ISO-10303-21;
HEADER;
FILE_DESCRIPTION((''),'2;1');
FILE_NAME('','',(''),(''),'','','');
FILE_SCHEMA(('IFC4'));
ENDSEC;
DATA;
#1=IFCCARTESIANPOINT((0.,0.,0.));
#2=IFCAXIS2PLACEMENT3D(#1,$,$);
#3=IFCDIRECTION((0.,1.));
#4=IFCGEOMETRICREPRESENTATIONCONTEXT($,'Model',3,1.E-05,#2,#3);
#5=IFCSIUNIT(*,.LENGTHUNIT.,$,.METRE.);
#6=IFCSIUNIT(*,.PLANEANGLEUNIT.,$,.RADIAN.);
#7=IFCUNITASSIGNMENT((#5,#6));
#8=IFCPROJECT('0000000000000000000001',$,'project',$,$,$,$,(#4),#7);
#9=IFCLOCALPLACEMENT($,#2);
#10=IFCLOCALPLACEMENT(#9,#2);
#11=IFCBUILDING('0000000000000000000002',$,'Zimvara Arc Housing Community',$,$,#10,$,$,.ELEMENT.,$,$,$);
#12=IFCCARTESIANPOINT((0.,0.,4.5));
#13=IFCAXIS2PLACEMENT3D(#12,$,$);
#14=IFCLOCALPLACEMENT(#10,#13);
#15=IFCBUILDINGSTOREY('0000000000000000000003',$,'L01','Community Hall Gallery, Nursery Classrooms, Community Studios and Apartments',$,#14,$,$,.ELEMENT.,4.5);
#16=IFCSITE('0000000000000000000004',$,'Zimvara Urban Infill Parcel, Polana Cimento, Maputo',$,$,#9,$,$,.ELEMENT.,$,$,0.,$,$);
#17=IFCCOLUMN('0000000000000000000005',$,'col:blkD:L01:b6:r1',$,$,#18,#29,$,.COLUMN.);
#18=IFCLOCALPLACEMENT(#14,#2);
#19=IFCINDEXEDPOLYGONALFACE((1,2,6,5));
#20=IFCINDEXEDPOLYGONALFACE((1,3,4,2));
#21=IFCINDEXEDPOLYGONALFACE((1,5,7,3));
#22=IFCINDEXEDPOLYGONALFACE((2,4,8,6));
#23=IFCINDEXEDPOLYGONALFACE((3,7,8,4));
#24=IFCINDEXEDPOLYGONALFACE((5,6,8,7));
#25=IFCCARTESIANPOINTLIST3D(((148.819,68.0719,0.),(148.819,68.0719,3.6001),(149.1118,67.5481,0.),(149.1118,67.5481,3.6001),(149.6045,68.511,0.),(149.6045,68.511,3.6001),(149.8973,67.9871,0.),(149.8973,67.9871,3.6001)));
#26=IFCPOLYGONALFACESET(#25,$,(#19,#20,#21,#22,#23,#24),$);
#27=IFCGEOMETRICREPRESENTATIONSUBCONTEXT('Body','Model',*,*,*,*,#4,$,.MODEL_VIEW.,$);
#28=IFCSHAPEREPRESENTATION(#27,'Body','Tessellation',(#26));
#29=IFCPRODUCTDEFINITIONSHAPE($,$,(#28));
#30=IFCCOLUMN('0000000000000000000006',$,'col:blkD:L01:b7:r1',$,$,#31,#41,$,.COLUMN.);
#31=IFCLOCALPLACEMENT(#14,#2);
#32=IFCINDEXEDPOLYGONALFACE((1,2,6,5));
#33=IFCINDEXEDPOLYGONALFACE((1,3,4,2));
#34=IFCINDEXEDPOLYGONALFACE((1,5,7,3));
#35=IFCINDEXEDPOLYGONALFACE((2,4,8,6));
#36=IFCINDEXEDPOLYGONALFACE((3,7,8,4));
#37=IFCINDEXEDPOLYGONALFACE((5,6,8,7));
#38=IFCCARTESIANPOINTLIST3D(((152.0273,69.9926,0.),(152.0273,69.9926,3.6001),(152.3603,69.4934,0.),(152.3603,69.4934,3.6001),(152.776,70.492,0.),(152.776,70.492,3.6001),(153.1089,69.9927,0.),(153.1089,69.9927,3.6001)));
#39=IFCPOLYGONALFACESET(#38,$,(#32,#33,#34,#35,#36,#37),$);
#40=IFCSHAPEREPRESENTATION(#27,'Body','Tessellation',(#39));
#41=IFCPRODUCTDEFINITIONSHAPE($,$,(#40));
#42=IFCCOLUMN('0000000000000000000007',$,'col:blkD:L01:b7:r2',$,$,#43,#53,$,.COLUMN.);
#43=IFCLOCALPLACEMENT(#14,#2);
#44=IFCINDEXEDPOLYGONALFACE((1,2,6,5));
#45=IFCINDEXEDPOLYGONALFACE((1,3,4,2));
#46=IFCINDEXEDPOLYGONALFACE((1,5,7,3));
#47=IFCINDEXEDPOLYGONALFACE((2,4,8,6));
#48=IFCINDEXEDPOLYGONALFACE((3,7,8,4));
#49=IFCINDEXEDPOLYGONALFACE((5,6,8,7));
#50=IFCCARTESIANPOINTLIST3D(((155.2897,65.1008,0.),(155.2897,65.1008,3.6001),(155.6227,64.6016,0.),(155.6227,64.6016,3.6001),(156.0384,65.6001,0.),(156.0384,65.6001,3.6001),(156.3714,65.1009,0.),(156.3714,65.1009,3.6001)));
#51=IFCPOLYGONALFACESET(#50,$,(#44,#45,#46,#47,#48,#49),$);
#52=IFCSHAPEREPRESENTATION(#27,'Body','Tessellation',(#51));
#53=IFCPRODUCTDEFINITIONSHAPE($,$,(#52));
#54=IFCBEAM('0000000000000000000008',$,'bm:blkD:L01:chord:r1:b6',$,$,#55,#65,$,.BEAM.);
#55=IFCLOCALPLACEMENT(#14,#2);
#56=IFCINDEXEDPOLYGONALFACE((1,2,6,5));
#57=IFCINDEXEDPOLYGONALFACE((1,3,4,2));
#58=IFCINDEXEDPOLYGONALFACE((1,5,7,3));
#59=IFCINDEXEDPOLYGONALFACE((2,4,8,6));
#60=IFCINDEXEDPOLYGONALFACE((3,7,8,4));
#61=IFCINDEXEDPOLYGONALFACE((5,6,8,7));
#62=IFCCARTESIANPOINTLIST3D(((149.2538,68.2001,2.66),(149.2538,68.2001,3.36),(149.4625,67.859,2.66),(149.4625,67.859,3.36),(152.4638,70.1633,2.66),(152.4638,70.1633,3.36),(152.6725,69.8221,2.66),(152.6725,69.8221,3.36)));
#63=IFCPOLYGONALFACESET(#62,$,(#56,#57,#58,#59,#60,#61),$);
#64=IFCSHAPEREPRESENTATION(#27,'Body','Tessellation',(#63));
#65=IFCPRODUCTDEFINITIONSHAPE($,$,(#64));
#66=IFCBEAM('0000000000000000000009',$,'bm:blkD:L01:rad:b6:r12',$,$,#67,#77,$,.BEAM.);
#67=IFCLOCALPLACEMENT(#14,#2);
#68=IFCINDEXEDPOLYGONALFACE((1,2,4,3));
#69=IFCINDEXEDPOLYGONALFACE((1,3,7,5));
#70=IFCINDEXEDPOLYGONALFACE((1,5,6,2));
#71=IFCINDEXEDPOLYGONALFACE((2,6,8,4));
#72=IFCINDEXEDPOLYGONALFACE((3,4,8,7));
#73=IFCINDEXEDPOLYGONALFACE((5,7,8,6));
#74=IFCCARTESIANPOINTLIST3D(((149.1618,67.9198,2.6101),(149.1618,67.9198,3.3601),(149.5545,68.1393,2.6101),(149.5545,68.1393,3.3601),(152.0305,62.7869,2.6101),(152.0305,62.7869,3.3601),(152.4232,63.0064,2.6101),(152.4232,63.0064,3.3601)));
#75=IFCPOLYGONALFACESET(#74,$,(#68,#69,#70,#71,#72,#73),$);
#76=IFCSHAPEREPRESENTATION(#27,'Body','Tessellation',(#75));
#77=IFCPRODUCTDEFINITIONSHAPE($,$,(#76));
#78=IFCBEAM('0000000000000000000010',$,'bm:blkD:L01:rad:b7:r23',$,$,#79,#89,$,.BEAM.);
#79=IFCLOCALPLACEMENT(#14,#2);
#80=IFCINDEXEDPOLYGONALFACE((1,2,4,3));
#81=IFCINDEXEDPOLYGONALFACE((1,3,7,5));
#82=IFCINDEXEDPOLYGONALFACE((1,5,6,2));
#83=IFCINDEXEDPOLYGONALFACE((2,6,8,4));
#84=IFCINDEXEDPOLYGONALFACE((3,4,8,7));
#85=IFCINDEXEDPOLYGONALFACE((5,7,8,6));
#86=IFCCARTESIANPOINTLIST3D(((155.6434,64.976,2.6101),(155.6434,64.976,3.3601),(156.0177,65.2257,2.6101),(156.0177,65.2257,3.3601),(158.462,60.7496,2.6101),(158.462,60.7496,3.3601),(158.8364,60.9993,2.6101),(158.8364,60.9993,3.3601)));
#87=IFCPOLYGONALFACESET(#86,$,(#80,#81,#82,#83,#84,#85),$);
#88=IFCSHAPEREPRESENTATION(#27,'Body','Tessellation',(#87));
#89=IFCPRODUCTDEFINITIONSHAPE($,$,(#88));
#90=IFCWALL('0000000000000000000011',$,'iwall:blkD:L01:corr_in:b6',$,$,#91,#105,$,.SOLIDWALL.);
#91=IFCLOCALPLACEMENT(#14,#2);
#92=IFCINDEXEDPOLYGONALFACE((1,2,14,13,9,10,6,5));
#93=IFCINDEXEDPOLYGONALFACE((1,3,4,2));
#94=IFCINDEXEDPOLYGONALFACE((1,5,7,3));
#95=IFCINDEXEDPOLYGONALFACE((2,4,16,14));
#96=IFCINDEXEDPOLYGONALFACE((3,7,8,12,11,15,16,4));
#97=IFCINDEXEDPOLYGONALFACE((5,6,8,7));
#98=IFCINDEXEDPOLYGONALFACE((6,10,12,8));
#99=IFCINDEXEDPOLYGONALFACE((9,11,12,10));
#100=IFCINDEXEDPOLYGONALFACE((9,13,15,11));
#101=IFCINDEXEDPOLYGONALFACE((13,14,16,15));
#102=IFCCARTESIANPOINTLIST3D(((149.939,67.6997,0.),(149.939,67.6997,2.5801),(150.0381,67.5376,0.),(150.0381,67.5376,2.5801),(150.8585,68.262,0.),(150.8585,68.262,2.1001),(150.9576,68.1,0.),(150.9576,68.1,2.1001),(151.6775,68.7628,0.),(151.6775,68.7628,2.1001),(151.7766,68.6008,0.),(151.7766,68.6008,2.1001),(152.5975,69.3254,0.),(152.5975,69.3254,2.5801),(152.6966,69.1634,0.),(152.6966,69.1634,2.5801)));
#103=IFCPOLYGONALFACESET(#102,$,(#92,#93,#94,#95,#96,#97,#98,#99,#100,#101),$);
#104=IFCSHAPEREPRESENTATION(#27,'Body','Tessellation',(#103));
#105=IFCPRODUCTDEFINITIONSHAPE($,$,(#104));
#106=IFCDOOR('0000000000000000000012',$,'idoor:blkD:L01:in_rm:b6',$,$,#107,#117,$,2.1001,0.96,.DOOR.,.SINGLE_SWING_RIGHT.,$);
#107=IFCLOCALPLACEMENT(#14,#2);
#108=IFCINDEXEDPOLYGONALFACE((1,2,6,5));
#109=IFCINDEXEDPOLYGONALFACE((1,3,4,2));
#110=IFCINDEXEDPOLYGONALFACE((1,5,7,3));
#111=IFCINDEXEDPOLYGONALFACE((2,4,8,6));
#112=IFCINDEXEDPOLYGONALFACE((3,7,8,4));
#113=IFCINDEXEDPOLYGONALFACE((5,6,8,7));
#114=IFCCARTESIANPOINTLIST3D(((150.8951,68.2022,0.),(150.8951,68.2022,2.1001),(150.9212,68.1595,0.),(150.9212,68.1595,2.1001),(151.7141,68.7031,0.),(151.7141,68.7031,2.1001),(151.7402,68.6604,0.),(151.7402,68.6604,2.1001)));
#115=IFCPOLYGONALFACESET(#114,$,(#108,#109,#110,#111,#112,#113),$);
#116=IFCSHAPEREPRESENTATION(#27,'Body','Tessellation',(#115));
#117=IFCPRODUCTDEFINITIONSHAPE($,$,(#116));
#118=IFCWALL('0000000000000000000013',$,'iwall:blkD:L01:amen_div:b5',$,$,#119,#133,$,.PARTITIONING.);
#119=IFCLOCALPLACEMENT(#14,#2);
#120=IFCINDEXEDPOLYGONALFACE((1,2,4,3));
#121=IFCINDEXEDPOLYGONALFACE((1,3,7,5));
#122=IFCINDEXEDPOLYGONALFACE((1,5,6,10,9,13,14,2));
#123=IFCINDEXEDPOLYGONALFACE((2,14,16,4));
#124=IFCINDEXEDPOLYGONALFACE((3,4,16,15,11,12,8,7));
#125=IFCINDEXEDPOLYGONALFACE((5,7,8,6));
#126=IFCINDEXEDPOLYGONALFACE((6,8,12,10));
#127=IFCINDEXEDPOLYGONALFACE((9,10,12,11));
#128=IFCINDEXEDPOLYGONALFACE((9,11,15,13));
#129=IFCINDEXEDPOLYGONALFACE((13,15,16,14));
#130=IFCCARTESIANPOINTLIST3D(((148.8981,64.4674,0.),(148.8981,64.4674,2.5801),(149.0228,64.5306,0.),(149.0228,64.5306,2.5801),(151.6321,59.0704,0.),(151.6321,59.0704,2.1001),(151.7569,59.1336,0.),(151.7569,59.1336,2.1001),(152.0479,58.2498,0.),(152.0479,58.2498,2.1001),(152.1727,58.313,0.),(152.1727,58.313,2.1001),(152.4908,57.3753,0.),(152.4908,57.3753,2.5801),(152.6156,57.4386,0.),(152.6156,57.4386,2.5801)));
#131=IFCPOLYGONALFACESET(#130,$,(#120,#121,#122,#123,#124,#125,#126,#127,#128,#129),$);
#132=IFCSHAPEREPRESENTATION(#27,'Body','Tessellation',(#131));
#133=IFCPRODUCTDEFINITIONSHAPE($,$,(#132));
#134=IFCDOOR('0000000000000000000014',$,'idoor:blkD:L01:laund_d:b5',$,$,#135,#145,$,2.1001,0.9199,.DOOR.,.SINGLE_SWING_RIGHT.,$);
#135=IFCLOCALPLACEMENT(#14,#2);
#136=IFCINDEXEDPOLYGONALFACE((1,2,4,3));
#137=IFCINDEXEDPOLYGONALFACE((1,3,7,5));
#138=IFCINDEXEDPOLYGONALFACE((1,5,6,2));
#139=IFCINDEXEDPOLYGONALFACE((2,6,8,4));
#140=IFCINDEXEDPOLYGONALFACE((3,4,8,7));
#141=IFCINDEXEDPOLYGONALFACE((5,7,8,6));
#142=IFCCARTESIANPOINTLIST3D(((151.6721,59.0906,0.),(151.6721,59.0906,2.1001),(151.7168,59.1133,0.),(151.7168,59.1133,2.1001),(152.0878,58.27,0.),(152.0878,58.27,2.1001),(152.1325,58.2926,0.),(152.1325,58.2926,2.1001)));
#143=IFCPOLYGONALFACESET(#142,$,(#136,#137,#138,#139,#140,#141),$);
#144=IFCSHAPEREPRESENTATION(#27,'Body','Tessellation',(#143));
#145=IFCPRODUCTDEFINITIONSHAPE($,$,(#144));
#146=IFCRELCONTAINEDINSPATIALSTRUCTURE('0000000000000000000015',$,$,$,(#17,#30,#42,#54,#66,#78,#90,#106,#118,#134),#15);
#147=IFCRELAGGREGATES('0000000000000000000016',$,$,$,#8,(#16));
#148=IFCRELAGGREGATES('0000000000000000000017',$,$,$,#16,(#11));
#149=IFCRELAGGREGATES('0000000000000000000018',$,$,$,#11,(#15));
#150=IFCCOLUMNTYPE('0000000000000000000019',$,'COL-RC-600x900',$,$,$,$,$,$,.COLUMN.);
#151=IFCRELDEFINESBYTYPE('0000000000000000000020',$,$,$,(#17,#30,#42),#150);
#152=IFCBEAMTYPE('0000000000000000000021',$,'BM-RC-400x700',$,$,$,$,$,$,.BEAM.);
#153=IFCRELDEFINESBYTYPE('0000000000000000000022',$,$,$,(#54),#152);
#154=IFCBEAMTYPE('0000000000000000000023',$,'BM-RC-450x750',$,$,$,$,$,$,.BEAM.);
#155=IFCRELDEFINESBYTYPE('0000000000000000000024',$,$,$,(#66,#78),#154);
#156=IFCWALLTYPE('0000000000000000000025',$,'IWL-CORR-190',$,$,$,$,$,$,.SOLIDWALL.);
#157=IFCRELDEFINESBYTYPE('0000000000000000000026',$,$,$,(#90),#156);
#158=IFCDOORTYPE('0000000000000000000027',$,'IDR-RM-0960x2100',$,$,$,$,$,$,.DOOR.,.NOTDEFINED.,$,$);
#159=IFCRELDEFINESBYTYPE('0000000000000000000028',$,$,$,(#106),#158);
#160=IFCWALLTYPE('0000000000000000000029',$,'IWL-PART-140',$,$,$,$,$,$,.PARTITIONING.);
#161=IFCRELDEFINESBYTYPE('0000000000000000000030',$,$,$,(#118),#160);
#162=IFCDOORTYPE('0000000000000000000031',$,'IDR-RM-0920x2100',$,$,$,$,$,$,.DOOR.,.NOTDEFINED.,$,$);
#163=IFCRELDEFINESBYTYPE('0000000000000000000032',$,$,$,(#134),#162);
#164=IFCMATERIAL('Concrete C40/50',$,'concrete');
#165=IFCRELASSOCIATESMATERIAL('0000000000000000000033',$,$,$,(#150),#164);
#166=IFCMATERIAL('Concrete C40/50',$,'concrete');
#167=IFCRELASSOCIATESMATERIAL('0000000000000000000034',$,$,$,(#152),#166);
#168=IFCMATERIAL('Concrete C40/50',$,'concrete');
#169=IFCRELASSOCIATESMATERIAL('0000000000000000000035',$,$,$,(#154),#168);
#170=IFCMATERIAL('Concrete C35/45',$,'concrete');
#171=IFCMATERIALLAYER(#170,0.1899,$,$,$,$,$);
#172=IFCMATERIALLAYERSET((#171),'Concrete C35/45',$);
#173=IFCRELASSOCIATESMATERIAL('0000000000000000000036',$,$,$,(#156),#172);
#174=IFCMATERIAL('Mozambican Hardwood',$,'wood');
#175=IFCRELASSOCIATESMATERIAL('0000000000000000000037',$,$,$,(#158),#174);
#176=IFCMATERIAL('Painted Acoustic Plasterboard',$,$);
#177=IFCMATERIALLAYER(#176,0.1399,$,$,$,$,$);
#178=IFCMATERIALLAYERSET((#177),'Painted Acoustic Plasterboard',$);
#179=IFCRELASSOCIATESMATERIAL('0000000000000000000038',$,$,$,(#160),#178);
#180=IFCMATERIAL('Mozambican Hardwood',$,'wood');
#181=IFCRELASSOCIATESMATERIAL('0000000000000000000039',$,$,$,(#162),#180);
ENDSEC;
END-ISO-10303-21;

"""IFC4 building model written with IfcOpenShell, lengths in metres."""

from ifc_helpers import new_model, si_unit, direction, frame, frame_2d, origin, origin_2d, place, context, subcontext, project, spatial, rectangle, extrude, material, layer, layer_set, material_profile, profile_set, type_object, element, fill, save


model = new_model("IFC4")

# Units and contexts
model_context = context("Model", 3, precision=1e-05, world=origin(), true_north=direction((0.0, 1.0)))
body_context = subcontext(model_context, "Body", "Model", "MODEL_VIEW")
ifc_project = project(units=[si_unit("LENGTHUNIT", "METRE"), si_unit("PLANEANGLEUNIT", "RADIAN")], contexts=[model_context])

# Site, building, storey
site_placement = place(None, origin())
site = spatial("IfcSite", under=ifc_project, at=site_placement, Name="Zimvara Urban Infill Parcel, Polana Cimento, Maputo", CompositionType="ELEMENT", RefElevation=0.0)
building_placement = place(site_placement, origin())
building = spatial("IfcBuilding", under=site, at=building_placement, Name="Zimvara Arc Housing Community", CompositionType="ELEMENT")
storey_placement = place(building_placement, frame((0.0, 0.0, 4.5)))
storey = spatial("IfcBuildingStorey", under=building, at=storey_placement, Name="L01", Description="Community Hall Gallery, Nursery Classrooms, Community Studios and Apartments", CompositionType="ELEMENT", Elevation=4.5)

# Columns
ifc_material_1 = material(Name="Concrete C40/50", Category="concrete")
ifc_material_profile_1 = material_profile(ifc_material_1, rectangle(XDim=0.6001, YDim=0.8999, at=origin_2d()), Name="RC 600x900")
ifc_profile_set_1 = profile_set([ifc_material_profile_1], Name="Concrete C40/50")
column_type = type_object("IfcColumnType", Name="COL-RC-600x900", PredefinedType="COLUMN", material=ifc_profile_set_1)
for number, where, z_axis, x_axis, name in (
    (1, (149.3582, 68.0295, 0.0), (0.0, 0.0, 1.0), (0.48786, -0.872922, 0.0), "col:blkD:L01:b6:r1"),
    (2, (152.5681, 69.9927, 0.0), (0.0, 0.0, 1.0), (0.554844, -0.831954, 0.0), "col:blkD:L01:b7:r1"),
    (3, (155.8306, 65.1008, 0.0), (0.0, 0.0, 1.0), (0.554844, -0.831954, 0.0), "col:blkD:L01:b7:r2"),
):
    element("IfcColumn", number, at=place(storey_placement, frame(where, z_axis=z_axis, x_axis=x_axis)), inside=storey, type_object=column_type, Name=name, PredefinedType="COLUMN", context=body_context, shape_type="SweptSolid", body=[
        extrude(rectangle(XDim=0.6001, YDim=0.8999, at=origin_2d()), origin(), (0.0, 0.0, 1.0), 3.6001),
    ])

# Beams
ifc_material_2 = material(Name="Concrete C40/50", Category="concrete")
ifc_material_profile_2 = material_profile(ifc_material_2, rectangle(XDim=0.3999, YDim=0.7, at=origin_2d()), Name="RC 400x700")
ifc_profile_set_2 = profile_set([ifc_material_profile_2], Name="Concrete C40/50")
beam_type_1 = type_object("IfcBeamType", Name="BM-RC-400x700", PredefinedType="BEAM", material=ifc_profile_set_2)
beam_1_placement = place(storey_placement, frame((149.3582, 68.0295, 3.01), z_axis=(0.853105, 0.521739, 0.0), x_axis=(-0.521739, 0.853105, 0.0)))
element("IfcBeam", 4, at=beam_1_placement, inside=storey, type_object=beam_type_1, Name="bm:blkD:L01:chord:r1:b6", PredefinedType="BEAM", context=body_context, shape_type="SweptSolid", body=[
    extrude(rectangle(XDim=0.3999, YDim=0.7, at=origin_2d()), origin(), (0.0, 0.0, 1.0), 3.7627),
])
ifc_material_3 = material(Name="Concrete C40/50", Category="concrete")
ifc_material_profile_3 = material_profile(ifc_material_3, rectangle(XDim=0.45, YDim=0.75, at=origin_2d()), Name="RC 450x750")
ifc_profile_set_3 = profile_set([ifc_material_profile_3], Name="Concrete C40/50")
beam_type_2 = type_object("IfcBeamType", Name="BM-RC-450x750", PredefinedType="BEAM", material=ifc_profile_set_3)
beam_2_placement = place(storey_placement, frame((149.3582, 68.0295, 2.9851), z_axis=(0.487862, -0.872921, 0.0), x_axis=(0.872921, 0.487862, 0.0)))
element("IfcBeam", 5, at=beam_2_placement, inside=storey, type_object=beam_type_2, Name="bm:blkD:L01:rad:b6:r12", PredefinedType="BEAM", context=body_context, shape_type="SweptSolid", body=[
    extrude(rectangle(XDim=0.45, YDim=0.75, at=origin_2d()), origin(), (0.0, 0.0, 1.0), 5.8801),
])
beam_3_placement = place(storey_placement, frame((155.8306, 65.1008, 2.9851), z_axis=(0.554844, -0.831954, 0.0), x_axis=(0.831954, 0.554844, 0.0)))
element("IfcBeam", 6, at=beam_3_placement, inside=storey, type_object=beam_type_2, Name="bm:blkD:L01:rad:b7:r23", PredefinedType="BEAM", context=body_context, shape_type="SweptSolid", body=[
    extrude(rectangle(XDim=0.45, YDim=0.75, at=origin_2d()), origin(), (0.0, 0.0, 1.0), 5.0801),
])

# Walls, openings, doors
ifc_material_4 = material(Name="Concrete C35/45", Category="concrete")
ifc_layer_1 = layer(ifc_material_4, 0.1899)
ifc_layer_set_1 = layer_set([ifc_layer_1], Name="Concrete C35/45")
wall_type_1 = type_object("IfcWallType", Name="IWL-CORR-190", PredefinedType="SOLIDWALL", material=ifc_layer_set_1)
wall_1_placement = place(storey_placement, frame((149.9885, 67.6187, 0.0), z_axis=(0.0, 0.0, 1.0), x_axis=(0.853121, 0.521713, 0.0)))
wall_1 = element("IfcWall", 7, at=wall_1_placement, inside=storey, type_object=wall_type_1, Name="iwall:blkD:L01:corr_in:b6", PredefinedType="SOLIDWALL", context=body_context, shape_type="SweptSolid", body=[
    extrude(rectangle(XDim=3.1162, YDim=0.1899, at=frame_2d((1.5581, 0.0))), origin(), (0.0, 0.0, 1.0), 2.5801),
])
opening_1_placement = place(wall_1_placement, frame((1.0779, 0.0, 0.0)))
opening_1 = element("IfcOpeningElement", 8, at=opening_1_placement, cuts=wall_1, PredefinedType="OPENING", context=body_context, shape_type="SweptSolid", body=[
    extrude(rectangle(XDim=0.96, YDim=2.1001, at=frame_2d((0.48, 1.05))), frame((0.0, 0.105, 0.0), z_axis=(0.0, -1.0, 0.0), x_axis=(1.0, 0.0, 0.0)), (0.0, 0.0, 1.0), 0.21),
])
ifc_material_5 = material(Name="Mozambican Hardwood", Category="wood")
door_type_1 = type_object("IfcDoorType", Name="IDR-RM-0960x2100", OperationType="NOTDEFINED", PredefinedType="DOOR", material=ifc_material_5)
door_1_placement = place(opening_1_placement, origin())
door_1 = element("IfcDoor", 9, at=door_1_placement, inside=storey, type_object=door_type_1, Name="idoor:blkD:L01:in_rm:b6", OperationType="SINGLE_SWING_RIGHT", OverallHeight=2.1001, OverallWidth=0.96, PredefinedType="DOOR", context=body_context, shape_type="SweptSolid", body=[
    extrude(rectangle(XDim=0.96, YDim=2.1001, at=frame_2d((0.48, 1.05))), frame((0.0, 0.0249, 0.0), z_axis=(0.0, -1.0, 0.0), x_axis=(1.0, 0.0, 0.0)), (0.0, 0.0, 1.0), 0.05),
])
fill(opening_1, door_1)
ifc_material_6 = material(Name="Painted Acoustic Plasterboard")
ifc_layer_2 = layer(ifc_material_6, 0.1399)
ifc_layer_set_2 = layer_set([ifc_layer_2], Name="Painted Acoustic Plasterboard")
wall_type_2 = type_object("IfcWallType", Name="IWL-PART-140", PredefinedType="PARTITIONING", material=ifc_layer_set_2)
wall_2_placement = place(storey_placement, frame((148.9604, 64.499, 0.0), z_axis=(0.0, 0.0, 1.0), x_axis=(0.451912, -0.892063, 0.0)))
wall_2 = element("IfcWall", 10, at=wall_2_placement, inside=storey, type_object=wall_type_2, Name="iwall:blkD:L01:amen_div:b5", PredefinedType="PARTITIONING", context=body_context, shape_type="SweptSolid", body=[
    extrude(rectangle(XDim=7.9502, YDim=0.1399, at=frame_2d((3.9751, 0.0))), origin(), (0.0, 0.0, 1.0), 2.5801),
])
opening_2_placement = place(wall_2_placement, frame((6.05, 0.0, 0.0)))
opening_2 = element("IfcOpeningElement", 11, at=opening_2_placement, cuts=wall_2, PredefinedType="OPENING", context=body_context, shape_type="SweptSolid", body=[
    extrude(rectangle(XDim=0.9199, YDim=2.1001, at=frame_2d((0.46, 1.05))), frame((0.0, 0.0798, 0.0), z_axis=(0.0, -1.0, 0.0), x_axis=(1.0, 0.0, 0.0)), (0.0, 0.0, 1.0), 0.1599),
])
ifc_material_7 = material(Name="Mozambican Hardwood", Category="wood")
door_type_2 = type_object("IfcDoorType", Name="IDR-RM-0920x2100", OperationType="NOTDEFINED", PredefinedType="DOOR", material=ifc_material_7)
door_2_placement = place(opening_2_placement, origin())
door_2 = element("IfcDoor", 12, at=door_2_placement, inside=storey, type_object=door_type_2, Name="idoor:blkD:L01:laund_d:b5", OperationType="SINGLE_SWING_RIGHT", OverallHeight=2.1001, OverallWidth=0.9199, PredefinedType="DOOR", context=body_context, shape_type="SweptSolid", body=[
    extrude(rectangle(XDim=0.9199, YDim=2.1001, at=frame_2d((0.46, 1.05))), frame((0.0, 0.0249, 0.0), z_axis=(0.0, -1.0, 0.0), x_axis=(1.0, 0.0, 0.0)), (0.0, 0.0, 1.0), 0.05),
])
fill(opening_2, door_2)

save(model, "model.ifc")
